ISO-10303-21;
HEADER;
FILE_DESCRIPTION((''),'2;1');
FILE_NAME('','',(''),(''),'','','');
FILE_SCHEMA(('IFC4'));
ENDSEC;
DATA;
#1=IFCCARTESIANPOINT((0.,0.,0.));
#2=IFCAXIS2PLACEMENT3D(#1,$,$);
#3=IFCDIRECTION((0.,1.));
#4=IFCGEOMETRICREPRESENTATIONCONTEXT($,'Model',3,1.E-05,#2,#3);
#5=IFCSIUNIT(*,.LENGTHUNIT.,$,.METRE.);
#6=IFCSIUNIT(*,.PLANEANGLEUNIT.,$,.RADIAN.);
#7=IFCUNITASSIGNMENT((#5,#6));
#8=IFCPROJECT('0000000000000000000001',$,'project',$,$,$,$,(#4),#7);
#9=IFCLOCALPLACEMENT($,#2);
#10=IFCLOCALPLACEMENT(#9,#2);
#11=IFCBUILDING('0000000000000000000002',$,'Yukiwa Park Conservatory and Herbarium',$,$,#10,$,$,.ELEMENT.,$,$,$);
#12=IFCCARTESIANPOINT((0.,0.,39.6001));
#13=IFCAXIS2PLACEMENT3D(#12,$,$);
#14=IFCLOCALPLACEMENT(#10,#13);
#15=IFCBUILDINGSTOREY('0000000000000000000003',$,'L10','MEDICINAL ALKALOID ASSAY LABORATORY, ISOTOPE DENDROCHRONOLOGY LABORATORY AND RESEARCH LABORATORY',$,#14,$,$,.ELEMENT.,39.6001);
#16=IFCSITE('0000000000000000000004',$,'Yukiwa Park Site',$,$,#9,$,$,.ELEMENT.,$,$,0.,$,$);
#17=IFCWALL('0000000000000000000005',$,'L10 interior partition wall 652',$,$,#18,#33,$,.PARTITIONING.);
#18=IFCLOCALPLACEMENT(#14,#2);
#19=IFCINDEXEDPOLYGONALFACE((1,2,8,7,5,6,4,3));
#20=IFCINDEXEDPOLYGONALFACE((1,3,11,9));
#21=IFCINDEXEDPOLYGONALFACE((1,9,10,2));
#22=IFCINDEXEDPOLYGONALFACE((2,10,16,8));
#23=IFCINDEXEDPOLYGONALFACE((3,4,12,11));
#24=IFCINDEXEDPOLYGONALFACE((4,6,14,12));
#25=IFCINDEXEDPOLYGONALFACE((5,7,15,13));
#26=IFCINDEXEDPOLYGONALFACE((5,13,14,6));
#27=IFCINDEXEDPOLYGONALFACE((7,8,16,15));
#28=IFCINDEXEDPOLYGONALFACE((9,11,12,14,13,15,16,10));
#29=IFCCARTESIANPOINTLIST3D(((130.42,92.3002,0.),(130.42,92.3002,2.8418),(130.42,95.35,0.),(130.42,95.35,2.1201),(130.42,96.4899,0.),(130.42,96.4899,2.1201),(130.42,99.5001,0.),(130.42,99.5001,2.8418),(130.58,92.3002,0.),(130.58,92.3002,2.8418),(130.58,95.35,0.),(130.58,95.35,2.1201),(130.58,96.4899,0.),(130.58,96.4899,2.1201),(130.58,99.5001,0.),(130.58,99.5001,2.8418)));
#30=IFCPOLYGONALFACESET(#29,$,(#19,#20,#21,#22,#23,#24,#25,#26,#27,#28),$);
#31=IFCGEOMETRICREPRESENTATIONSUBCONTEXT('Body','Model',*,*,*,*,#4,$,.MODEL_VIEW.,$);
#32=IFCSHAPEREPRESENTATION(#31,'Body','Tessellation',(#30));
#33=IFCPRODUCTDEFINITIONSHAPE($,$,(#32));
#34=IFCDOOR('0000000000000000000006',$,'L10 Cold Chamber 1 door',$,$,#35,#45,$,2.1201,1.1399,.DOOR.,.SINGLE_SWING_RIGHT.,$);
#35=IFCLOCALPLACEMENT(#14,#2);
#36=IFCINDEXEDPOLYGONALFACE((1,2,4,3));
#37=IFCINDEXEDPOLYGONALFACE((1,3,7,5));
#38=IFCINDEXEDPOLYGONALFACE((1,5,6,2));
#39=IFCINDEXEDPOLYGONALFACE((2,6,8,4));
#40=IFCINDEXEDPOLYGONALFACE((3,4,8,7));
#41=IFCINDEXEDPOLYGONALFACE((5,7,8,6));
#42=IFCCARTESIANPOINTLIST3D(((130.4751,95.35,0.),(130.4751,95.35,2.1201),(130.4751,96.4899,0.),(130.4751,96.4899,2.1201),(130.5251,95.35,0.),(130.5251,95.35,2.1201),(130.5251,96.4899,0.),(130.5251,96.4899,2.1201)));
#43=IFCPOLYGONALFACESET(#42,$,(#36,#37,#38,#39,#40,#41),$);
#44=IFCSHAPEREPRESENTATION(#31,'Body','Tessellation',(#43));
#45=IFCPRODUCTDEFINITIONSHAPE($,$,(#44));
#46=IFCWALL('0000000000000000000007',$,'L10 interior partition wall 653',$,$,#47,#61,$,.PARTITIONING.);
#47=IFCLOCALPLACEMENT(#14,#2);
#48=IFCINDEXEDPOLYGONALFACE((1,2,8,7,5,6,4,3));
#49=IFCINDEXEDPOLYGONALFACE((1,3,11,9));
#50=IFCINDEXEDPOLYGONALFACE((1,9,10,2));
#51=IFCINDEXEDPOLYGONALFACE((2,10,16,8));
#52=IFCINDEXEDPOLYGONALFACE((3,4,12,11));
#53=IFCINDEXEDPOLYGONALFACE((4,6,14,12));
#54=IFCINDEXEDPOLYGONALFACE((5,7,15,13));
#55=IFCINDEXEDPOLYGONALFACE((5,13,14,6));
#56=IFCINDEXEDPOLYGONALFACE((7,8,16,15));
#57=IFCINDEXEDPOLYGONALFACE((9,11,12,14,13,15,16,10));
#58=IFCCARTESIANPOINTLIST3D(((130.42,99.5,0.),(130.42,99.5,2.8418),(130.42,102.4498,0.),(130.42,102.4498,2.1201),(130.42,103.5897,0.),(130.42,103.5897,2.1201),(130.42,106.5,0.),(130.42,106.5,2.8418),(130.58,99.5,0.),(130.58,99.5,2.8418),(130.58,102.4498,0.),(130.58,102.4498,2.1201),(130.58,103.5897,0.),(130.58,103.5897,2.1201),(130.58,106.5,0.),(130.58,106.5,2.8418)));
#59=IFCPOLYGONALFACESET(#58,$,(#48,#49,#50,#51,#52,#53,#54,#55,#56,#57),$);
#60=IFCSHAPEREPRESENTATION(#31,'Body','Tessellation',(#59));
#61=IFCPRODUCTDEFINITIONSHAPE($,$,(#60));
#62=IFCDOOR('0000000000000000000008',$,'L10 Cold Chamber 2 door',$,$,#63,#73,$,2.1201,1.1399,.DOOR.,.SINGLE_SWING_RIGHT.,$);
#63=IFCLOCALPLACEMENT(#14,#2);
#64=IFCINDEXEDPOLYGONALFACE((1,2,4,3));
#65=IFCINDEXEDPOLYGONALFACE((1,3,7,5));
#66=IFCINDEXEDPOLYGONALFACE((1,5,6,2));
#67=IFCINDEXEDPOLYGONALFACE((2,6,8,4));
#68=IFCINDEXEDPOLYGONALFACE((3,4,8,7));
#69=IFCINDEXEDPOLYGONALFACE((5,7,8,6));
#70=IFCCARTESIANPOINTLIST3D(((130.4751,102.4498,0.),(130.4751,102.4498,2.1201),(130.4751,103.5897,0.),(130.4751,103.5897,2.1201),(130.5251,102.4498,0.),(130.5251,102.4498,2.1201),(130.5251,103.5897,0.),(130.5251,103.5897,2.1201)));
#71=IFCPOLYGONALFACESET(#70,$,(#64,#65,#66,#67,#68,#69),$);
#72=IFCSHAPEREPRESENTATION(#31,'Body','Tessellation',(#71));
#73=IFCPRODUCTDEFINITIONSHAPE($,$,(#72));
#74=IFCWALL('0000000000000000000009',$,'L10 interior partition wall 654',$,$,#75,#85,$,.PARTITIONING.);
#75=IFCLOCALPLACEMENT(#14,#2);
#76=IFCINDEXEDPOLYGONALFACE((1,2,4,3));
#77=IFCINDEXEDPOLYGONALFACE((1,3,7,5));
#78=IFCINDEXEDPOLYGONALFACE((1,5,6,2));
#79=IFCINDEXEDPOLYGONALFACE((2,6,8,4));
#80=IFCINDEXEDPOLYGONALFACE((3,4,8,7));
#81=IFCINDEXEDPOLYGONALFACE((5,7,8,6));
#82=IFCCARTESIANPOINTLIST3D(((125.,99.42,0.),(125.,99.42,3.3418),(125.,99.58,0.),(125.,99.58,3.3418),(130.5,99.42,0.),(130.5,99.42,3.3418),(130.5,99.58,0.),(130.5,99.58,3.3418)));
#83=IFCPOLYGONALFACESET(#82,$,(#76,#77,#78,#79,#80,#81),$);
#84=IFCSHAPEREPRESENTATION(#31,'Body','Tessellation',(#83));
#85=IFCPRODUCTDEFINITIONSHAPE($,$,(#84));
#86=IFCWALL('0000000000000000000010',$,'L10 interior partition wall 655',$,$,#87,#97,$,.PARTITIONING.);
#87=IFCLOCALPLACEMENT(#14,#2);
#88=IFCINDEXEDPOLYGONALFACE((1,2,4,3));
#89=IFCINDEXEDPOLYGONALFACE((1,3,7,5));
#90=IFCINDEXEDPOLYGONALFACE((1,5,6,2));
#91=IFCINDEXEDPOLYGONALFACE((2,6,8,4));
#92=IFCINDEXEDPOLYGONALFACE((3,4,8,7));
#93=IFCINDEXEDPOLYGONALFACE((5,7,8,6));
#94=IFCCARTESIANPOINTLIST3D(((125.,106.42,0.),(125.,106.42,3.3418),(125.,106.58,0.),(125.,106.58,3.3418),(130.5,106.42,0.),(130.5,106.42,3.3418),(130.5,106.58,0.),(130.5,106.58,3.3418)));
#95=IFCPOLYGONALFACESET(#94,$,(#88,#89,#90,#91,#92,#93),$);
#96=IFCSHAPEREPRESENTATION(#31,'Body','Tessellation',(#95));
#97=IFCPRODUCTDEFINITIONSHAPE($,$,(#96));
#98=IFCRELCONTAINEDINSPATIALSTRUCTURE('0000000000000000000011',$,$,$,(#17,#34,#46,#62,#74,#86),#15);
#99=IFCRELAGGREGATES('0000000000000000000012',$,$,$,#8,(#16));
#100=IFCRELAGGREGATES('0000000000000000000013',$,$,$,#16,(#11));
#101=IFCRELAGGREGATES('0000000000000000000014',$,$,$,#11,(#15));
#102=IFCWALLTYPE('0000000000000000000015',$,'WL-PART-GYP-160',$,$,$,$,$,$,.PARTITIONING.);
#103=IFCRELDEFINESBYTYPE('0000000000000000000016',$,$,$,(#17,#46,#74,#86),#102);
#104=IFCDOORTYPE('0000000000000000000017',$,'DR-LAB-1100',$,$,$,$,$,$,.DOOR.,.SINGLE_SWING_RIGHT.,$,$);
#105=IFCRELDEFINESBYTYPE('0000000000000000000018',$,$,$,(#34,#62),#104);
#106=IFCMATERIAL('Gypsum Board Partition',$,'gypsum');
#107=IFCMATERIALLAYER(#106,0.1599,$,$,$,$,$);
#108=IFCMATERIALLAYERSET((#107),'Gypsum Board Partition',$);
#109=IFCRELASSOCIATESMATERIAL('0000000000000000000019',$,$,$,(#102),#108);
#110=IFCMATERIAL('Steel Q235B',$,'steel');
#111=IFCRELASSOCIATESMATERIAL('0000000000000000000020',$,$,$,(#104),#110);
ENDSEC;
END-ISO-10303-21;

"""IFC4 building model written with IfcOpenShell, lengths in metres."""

from ifc_helpers import new_model, si_unit, direction, frame, frame_2d, origin, place, context, subcontext, project, spatial, rectangle, extrude, material, layer, layer_set, type_object, element, fill, save


model = new_model("IFC4")

# Units and contexts
model_context = context("Model", 3, precision=1e-05, world=origin(), true_north=direction((0.0, 1.0)))
body_context = subcontext(model_context, "Body", "Model", "MODEL_VIEW")
ifc_project = project(units=[si_unit("LENGTHUNIT", "METRE"), si_unit("PLANEANGLEUNIT", "RADIAN")], contexts=[model_context])

# Site, building, storey
site_placement = place(None, origin())
site = spatial("IfcSite", under=ifc_project, at=site_placement, Name="Yukiwa Park Site", CompositionType="ELEMENT", RefElevation=0.0)
building_placement = place(site_placement, origin())
building = spatial("IfcBuilding", under=site, at=building_placement, Name="Yukiwa Park Conservatory and Herbarium", CompositionType="ELEMENT")
storey_placement = place(building_placement, frame((0.0, 0.0, 39.6001)))
storey = spatial("IfcBuildingStorey", under=building, at=storey_placement, Name="L10", Description="MEDICINAL ALKALOID ASSAY LABORATORY, ISOTOPE DENDROCHRONOLOGY LABORATORY AND RESEARCH LABORATORY", CompositionType="ELEMENT", Elevation=39.6001)

# Shared definitions
ifc_material_1 = material(Name="Gypsum Board Partition", Category="gypsum")
ifc_layer_1 = layer(ifc_material_1, 0.1599)
ifc_layer_set_1 = layer_set([ifc_layer_1], Name="Gypsum Board Partition")
wall_type = type_object("IfcWallType", Name="WL-PART-GYP-160", PredefinedType="PARTITIONING", material=ifc_layer_set_1)

# Walls, openings, doors
wall_1_placement = place(storey_placement, frame((130.5, 92.3, 0.0), z_axis=(0.0, 0.0, 1.0), x_axis=(0.0, 1.0, 0.0)))
wall_1 = element("IfcWall", 1, at=wall_1_placement, inside=storey, type_object=wall_type, Name="L10 interior partition wall 652", PredefinedType="PARTITIONING", context=body_context, shape_type="SweptSolid", body=[
    extrude(rectangle(XDim=7.2, YDim=0.1599, at=frame_2d((3.6001, 0.0))), origin(), (0.0, 0.0, 1.0), 2.8418),
])
opening_1_placement = place(wall_1_placement, frame((3.05, 0.0, 0.0)))
opening_1 = element("IfcOpeningElement", 2, at=opening_1_placement, cuts=wall_1, PredefinedType="OPENING", context=body_context, shape_type="SweptSolid", body=[
    extrude(rectangle(XDim=1.1399, YDim=2.1201, at=frame_2d((0.5698, 1.0601))), frame((0.0, 0.0898, 0.0), z_axis=(0.0, -1.0, 0.0), x_axis=(1.0, 0.0, 0.0)), (0.0, 0.0, 1.0), 0.1799),
])
ifc_material_2 = material(Name="Steel Q235B", Category="steel")
door_type_1 = type_object("IfcDoorType", Name="DR-LAB-1100", OperationType="SINGLE_SWING_RIGHT", PredefinedType="DOOR", material=ifc_material_2)
door_1_placement = place(opening_1_placement, origin())
door_1 = element("IfcDoor", 3, at=door_1_placement, inside=storey, type_object=door_type_1, Name="L10 Cold Chamber 1 door", OperationType="SINGLE_SWING_RIGHT", OverallHeight=2.1201, OverallWidth=1.1399, PredefinedType="DOOR", context=body_context, shape_type="SweptSolid", body=[
    extrude(rectangle(XDim=1.1399, YDim=2.1201, at=frame_2d((0.5698, 1.0601))), frame((0.0, 0.0249, 0.0), z_axis=(0.0, -1.0, 0.0), x_axis=(1.0, 0.0, 0.0)), (0.0, 0.0, 1.0), 0.05),
])
fill(opening_1, door_1)
wall_2_placement = place(storey_placement, frame((130.5, 99.5, 0.0), z_axis=(0.0, 0.0, 1.0), x_axis=(0.0, 1.0, 0.0)))
wall_2 = element("IfcWall", 4, at=wall_2_placement, inside=storey, type_object=wall_type, Name="L10 interior partition wall 653", PredefinedType="PARTITIONING", context=body_context, shape_type="SweptSolid", body=[
    extrude(rectangle(XDim=7.0, YDim=0.1599, at=frame_2d((3.5, 0.0))), origin(), (0.0, 0.0, 1.0), 2.8418),
])
opening_2_placement = place(wall_2_placement, frame((2.95, 0.0, 0.0)))
opening_2 = element("IfcOpeningElement", 5, at=opening_2_placement, cuts=wall_2, PredefinedType="OPENING", context=body_context, shape_type="SweptSolid", body=[
    extrude(rectangle(XDim=1.1399, YDim=2.1201, at=frame_2d((0.5698, 1.0601))), frame((0.0, 0.0898, 0.0), z_axis=(0.0, -1.0, 0.0), x_axis=(1.0, 0.0, 0.0)), (0.0, 0.0, 1.0), 0.1799),
])
door_2_placement = place(opening_2_placement, origin())
door_2 = element("IfcDoor", 6, at=door_2_placement, inside=storey, type_object=door_type_1, Name="L10 Cold Chamber 2 door", OperationType="SINGLE_SWING_RIGHT", OverallHeight=2.1201, OverallWidth=1.1399, PredefinedType="DOOR", context=body_context, shape_type="SweptSolid", body=[
    extrude(rectangle(XDim=1.1399, YDim=2.1201, at=frame_2d((0.5698, 1.0601))), frame((0.0, 0.0249, 0.0), z_axis=(0.0, -1.0, 0.0), x_axis=(1.0, 0.0, 0.0)), (0.0, 0.0, 1.0), 0.05),
])
fill(opening_2, door_2)

# Walls
for number, where, z_axis, x_axis, name in (
    (7, (125.0, 99.5, 0.0), (0.0, 0.0, 1.0), (1.0, 0.0, 0.0), "L10 interior partition wall 654"),
    (8, (125.0, 106.5, 0.0), (0.0, 0.0, 1.0), (1.0, 0.0, 0.0), "L10 interior partition wall 655"),
):
    element("IfcWall", number, at=place(storey_placement, frame(where, z_axis=z_axis, x_axis=x_axis)), inside=storey, type_object=wall_type, Name=name, PredefinedType="PARTITIONING", context=body_context, shape_type="SweptSolid", body=[
        extrude(rectangle(XDim=5.5, YDim=0.1599, at=frame_2d((2.75, 0.0))), origin(), (0.0, 0.0, 1.0), 3.3418),
    ])

save(model, "model.ifc")
